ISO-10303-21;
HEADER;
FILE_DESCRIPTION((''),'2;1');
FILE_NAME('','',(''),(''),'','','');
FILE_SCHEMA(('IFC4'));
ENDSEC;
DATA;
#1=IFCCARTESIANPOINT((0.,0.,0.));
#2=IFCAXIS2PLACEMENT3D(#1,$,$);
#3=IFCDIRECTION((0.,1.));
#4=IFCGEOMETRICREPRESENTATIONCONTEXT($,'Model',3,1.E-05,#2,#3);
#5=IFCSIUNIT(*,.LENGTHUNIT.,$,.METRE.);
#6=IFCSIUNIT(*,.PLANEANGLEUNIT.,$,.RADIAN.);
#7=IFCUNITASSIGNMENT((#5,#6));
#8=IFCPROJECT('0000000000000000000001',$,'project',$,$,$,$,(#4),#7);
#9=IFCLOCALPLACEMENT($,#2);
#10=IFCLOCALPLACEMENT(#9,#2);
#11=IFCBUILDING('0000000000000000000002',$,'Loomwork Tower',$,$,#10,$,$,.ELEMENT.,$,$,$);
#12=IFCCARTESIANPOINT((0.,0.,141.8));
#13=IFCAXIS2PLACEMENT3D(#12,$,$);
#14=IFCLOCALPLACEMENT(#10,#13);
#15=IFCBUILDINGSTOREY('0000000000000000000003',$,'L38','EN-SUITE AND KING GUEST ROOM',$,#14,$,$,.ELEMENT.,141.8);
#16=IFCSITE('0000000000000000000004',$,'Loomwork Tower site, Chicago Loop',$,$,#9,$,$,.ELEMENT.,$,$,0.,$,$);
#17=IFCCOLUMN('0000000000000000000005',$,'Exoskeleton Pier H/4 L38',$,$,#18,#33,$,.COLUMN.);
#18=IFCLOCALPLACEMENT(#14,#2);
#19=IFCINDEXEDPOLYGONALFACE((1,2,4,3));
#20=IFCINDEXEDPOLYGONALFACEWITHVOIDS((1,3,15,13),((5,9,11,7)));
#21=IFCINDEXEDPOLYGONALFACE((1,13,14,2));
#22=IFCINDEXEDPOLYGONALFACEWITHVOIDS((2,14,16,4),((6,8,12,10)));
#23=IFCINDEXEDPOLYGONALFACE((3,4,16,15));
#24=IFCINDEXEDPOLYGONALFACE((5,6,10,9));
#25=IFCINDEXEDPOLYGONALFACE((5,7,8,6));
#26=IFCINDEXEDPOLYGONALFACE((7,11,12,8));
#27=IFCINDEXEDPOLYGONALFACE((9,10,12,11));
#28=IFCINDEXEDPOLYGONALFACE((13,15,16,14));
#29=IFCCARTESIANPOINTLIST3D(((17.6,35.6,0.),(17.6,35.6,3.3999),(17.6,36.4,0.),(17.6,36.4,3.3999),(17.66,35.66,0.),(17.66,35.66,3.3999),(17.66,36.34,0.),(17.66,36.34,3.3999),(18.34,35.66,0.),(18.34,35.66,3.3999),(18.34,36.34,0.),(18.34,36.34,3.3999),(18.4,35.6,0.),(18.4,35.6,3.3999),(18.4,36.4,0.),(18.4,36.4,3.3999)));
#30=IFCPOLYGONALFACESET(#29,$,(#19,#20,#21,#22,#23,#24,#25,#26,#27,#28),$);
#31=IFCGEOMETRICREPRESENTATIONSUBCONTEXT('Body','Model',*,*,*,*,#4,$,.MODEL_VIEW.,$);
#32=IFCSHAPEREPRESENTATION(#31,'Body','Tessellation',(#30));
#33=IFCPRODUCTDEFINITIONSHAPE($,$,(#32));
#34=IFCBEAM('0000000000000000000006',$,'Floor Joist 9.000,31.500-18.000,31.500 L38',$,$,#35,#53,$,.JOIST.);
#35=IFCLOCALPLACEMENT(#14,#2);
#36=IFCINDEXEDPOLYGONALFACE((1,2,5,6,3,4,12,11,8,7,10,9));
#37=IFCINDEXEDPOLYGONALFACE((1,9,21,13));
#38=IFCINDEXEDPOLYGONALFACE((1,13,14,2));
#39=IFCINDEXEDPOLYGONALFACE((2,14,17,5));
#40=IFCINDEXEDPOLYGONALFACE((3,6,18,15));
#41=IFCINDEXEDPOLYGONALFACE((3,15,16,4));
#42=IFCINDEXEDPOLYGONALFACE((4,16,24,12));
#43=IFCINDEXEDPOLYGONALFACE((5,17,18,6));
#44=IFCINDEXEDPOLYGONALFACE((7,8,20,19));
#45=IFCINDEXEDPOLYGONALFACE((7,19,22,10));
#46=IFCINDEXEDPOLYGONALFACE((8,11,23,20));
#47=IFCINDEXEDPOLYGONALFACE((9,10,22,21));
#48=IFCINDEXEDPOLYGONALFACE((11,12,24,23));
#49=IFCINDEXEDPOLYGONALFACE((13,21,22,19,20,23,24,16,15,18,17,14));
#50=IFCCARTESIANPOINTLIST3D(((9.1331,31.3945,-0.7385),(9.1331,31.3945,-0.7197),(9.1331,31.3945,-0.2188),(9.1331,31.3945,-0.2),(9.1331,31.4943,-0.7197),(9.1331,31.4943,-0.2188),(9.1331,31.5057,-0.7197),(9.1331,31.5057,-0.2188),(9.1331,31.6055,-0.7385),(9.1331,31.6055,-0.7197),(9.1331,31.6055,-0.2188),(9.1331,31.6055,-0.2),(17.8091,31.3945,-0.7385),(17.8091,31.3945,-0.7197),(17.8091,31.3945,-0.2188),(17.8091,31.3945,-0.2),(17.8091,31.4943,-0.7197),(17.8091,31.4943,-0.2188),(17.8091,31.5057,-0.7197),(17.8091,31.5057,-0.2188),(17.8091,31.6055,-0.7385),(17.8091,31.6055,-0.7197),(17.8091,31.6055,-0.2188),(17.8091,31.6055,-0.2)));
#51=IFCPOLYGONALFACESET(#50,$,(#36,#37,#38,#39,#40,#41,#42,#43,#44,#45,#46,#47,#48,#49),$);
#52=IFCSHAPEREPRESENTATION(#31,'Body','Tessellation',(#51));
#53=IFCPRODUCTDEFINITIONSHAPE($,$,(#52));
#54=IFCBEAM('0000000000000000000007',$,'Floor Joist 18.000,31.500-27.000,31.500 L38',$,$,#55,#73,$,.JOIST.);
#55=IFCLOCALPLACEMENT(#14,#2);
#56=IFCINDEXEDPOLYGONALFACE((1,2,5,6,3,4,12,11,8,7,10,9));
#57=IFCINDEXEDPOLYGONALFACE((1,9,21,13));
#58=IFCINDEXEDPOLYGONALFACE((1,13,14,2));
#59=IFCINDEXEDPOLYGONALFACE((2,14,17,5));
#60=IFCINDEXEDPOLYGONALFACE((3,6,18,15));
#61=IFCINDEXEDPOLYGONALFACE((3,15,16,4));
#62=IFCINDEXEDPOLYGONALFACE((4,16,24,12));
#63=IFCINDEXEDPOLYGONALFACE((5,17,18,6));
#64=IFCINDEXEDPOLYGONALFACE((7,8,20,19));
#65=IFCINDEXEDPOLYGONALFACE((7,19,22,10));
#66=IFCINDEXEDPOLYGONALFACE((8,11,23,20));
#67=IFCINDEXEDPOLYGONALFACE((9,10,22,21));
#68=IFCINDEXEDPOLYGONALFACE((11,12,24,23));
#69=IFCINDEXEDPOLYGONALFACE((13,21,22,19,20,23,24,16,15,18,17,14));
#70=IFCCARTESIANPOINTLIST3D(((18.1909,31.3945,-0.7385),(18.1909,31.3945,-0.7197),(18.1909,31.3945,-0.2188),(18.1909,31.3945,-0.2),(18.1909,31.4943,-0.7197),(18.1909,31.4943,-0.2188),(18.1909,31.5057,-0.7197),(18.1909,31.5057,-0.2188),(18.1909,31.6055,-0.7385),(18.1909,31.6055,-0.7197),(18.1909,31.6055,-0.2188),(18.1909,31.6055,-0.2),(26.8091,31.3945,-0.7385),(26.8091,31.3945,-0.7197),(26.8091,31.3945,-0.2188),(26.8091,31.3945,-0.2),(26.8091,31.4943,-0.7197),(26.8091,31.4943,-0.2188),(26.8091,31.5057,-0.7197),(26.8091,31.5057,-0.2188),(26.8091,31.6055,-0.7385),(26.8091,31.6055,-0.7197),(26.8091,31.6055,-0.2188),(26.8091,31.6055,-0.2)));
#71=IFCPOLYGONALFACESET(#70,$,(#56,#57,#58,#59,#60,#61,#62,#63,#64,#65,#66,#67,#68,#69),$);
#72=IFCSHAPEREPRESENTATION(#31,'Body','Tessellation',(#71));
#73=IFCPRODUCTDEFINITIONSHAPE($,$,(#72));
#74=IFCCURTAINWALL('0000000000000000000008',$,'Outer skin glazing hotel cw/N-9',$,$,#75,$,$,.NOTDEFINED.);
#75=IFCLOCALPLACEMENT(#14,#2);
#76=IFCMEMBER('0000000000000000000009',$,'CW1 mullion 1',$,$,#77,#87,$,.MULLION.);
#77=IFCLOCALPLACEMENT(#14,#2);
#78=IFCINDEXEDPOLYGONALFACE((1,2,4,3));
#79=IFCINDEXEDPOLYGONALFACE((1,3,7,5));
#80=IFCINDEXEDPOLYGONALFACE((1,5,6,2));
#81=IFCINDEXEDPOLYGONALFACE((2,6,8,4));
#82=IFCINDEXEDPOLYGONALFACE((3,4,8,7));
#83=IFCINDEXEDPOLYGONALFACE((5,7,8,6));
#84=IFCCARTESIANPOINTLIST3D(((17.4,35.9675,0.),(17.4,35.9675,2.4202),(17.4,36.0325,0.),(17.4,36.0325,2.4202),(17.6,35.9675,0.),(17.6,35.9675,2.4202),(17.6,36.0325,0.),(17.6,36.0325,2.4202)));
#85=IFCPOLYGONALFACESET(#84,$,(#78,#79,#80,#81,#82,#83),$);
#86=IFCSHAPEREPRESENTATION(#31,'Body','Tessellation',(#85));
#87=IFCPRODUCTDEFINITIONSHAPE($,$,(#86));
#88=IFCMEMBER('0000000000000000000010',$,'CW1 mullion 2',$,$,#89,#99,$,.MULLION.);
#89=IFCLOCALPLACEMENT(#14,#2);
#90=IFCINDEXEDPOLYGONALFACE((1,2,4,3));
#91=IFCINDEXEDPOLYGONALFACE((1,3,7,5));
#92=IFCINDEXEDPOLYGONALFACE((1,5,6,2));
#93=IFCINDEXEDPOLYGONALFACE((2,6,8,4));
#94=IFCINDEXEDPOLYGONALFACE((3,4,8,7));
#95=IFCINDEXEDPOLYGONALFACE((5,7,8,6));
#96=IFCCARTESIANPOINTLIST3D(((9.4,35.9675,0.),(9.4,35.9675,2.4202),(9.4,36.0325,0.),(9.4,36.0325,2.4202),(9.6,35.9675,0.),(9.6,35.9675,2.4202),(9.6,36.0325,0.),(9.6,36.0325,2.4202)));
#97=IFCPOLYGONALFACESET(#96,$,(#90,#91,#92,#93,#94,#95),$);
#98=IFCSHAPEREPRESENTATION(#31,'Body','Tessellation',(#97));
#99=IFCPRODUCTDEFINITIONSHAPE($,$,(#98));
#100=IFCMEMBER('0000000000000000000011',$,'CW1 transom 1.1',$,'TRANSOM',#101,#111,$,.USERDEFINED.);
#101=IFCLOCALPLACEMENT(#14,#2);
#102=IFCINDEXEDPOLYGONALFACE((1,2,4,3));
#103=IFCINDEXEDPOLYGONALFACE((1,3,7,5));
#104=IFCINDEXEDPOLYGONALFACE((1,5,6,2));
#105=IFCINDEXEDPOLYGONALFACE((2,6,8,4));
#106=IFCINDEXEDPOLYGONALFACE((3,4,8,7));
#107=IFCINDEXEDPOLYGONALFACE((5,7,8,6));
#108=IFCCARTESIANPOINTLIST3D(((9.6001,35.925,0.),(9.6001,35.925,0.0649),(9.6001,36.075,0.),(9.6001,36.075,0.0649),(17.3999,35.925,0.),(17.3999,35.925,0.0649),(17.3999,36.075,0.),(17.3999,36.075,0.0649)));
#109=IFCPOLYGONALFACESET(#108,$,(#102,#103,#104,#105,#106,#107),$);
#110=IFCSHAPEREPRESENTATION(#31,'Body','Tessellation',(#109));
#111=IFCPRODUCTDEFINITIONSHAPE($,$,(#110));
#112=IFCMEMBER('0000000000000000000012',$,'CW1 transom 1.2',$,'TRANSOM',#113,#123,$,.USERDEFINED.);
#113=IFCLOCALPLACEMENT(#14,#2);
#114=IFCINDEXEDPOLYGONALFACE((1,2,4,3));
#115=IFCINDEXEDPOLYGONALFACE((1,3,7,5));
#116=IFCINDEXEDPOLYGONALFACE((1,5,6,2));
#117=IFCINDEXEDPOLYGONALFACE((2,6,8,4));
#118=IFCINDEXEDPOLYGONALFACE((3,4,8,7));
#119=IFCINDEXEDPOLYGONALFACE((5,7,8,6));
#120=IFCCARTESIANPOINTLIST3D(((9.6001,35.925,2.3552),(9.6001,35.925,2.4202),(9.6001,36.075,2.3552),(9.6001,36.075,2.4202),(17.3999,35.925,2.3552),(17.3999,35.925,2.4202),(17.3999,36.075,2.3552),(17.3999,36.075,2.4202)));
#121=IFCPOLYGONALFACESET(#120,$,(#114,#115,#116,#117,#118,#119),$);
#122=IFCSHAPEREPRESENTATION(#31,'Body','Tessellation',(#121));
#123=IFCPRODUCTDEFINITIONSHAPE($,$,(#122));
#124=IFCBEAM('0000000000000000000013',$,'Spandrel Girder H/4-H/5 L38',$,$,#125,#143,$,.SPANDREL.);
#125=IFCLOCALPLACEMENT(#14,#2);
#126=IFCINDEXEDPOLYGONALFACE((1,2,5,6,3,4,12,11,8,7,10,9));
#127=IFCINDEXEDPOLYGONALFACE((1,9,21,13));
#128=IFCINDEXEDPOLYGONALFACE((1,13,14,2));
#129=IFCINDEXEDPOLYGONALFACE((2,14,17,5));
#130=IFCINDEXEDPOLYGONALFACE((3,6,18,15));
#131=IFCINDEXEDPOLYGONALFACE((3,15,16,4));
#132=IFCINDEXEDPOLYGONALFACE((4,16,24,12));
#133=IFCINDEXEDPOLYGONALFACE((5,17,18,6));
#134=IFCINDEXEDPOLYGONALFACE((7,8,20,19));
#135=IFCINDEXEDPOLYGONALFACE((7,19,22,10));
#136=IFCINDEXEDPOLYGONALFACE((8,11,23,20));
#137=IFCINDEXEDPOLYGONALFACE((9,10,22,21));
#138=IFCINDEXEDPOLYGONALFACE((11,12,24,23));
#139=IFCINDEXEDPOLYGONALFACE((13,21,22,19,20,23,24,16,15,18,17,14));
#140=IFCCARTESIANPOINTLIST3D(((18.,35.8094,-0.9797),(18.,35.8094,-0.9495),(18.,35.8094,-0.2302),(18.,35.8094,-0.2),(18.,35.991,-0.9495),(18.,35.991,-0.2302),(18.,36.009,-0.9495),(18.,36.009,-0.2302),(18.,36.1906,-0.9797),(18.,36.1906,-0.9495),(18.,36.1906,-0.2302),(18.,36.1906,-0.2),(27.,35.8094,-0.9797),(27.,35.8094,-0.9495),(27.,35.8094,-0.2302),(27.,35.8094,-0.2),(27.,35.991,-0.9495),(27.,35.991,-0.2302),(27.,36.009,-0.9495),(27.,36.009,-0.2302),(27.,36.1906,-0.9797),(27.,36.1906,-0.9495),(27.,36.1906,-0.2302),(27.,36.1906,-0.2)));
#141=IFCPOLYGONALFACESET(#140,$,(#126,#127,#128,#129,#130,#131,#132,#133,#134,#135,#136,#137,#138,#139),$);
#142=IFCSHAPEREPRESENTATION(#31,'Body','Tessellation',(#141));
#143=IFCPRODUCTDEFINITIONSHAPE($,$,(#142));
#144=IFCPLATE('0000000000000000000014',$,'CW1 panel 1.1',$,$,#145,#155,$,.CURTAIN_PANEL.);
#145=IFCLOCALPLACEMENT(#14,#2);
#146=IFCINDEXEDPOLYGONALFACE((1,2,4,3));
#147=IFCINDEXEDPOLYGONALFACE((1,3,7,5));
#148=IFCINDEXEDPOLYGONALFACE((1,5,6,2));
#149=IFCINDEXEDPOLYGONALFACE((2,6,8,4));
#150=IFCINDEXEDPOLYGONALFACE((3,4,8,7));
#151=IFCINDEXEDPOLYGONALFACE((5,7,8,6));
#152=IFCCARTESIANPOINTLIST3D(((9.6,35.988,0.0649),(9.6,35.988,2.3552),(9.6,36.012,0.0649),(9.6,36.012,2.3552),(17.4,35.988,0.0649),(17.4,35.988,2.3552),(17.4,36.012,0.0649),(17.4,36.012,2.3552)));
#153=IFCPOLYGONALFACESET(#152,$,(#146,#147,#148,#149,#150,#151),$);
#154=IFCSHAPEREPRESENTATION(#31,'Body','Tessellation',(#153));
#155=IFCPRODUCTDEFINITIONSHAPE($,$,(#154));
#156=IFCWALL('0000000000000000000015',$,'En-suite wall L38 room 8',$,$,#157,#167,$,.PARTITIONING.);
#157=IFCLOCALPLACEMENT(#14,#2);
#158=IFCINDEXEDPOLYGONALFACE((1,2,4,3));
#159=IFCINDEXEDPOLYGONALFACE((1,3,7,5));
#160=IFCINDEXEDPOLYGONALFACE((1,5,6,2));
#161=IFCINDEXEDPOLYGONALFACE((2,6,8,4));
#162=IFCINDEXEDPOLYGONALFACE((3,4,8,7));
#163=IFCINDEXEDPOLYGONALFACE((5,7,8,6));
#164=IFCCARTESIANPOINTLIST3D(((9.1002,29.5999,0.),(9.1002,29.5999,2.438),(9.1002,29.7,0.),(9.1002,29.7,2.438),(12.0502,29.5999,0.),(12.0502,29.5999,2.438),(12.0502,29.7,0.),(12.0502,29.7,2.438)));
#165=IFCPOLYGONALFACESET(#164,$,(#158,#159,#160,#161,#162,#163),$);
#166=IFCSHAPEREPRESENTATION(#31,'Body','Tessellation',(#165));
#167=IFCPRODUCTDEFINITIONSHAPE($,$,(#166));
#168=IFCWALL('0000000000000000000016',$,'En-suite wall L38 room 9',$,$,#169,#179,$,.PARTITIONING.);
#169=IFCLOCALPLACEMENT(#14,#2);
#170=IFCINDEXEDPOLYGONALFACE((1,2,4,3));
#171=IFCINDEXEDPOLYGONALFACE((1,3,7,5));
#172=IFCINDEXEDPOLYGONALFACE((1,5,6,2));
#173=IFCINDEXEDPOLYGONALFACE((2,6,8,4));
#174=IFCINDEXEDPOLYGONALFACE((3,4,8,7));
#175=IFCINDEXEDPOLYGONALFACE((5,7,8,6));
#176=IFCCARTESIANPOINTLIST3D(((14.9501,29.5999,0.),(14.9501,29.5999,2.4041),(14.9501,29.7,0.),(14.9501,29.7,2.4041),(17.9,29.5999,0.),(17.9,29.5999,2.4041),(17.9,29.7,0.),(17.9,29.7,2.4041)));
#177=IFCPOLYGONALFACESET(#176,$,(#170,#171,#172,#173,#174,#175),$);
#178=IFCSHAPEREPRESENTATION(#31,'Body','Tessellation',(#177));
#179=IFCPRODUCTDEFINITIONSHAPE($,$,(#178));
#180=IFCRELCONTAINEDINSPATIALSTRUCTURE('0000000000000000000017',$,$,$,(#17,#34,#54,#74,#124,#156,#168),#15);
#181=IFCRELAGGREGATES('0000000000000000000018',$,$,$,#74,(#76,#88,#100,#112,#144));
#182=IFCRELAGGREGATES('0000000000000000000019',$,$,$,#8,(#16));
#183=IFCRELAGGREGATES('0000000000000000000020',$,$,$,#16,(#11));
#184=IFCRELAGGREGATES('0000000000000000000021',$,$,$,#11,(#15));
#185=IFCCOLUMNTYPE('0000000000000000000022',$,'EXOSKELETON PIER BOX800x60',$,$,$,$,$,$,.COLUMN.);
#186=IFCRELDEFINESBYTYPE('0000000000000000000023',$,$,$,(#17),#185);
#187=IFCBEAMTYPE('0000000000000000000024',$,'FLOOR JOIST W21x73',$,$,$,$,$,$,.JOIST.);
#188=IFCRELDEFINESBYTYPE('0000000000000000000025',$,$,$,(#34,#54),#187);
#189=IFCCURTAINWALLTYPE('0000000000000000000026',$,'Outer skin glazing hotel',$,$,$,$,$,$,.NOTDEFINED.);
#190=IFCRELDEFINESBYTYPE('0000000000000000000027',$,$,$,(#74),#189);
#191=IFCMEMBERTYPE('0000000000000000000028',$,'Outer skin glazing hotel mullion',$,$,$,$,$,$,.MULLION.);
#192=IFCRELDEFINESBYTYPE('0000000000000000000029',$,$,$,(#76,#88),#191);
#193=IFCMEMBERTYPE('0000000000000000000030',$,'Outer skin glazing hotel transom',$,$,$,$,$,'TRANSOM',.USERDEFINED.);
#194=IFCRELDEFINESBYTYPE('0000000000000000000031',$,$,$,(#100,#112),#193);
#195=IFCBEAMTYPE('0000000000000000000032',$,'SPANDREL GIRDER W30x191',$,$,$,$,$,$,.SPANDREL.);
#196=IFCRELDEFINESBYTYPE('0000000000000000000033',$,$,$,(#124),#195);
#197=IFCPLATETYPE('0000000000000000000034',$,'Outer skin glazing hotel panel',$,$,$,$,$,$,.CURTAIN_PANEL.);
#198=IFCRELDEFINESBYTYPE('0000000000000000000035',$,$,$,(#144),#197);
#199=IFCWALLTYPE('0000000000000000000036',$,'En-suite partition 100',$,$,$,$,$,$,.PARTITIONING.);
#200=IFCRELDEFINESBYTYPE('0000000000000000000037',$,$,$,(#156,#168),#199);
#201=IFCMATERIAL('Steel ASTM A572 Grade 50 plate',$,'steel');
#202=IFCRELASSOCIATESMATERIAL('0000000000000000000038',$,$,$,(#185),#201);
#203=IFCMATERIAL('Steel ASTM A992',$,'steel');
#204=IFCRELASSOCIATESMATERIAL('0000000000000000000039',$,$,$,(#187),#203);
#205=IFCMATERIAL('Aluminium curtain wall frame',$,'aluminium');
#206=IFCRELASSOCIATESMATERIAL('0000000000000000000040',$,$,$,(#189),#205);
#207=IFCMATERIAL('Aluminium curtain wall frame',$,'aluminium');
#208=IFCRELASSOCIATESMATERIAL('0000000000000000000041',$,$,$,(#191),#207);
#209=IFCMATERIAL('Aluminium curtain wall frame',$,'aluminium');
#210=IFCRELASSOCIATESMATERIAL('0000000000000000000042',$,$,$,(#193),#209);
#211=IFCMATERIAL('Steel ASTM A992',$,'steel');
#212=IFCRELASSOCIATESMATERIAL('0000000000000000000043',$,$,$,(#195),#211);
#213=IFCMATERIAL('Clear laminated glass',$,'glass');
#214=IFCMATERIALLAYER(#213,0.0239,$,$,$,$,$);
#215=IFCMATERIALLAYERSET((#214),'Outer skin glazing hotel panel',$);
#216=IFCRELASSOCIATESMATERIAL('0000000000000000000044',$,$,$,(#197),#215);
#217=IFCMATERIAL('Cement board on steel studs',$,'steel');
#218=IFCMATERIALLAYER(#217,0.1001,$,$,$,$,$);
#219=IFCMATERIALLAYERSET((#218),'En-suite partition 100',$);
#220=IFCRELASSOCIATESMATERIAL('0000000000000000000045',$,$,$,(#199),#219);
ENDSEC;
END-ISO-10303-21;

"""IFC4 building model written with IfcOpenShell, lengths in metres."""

from ifc_helpers import new_model, si_unit, direction, frame, frame_2d, origin, origin_2d, place, context, subcontext, project, spatial, rectangle, hollow_rectangle, i_section, extrude, material, layer, layer_set, material_profile, profile_set, type_object, element, aggregate, save


model = new_model("IFC4")

# Units and contexts
model_context = context("Model", 3, precision=1e-05, world=origin(), true_north=direction((0.0, 1.0)))
body_context = subcontext(model_context, "Body", "Model", "MODEL_VIEW")
ifc_project = project(units=[si_unit("LENGTHUNIT", "METRE"), si_unit("PLANEANGLEUNIT", "RADIAN")], contexts=[model_context])

# Site, building, storey
site_placement = place(None, origin())
site = spatial("IfcSite", under=ifc_project, at=site_placement, Name="Loomwork Tower site, Chicago Loop", CompositionType="ELEMENT", RefElevation=0.0)
building_placement = place(site_placement, origin())
building = spatial("IfcBuilding", under=site, at=building_placement, Name="Loomwork Tower", CompositionType="ELEMENT")
storey_placement = place(building_placement, frame((0.0, 0.0, 141.8)))
storey = spatial("IfcBuildingStorey", under=building, at=storey_placement, Name="L38", Description="EN-SUITE AND KING GUEST ROOM", CompositionType="ELEMENT", Elevation=141.8)

# Column
ifc_material_1 = material(Name="Steel ASTM A572 Grade 50 plate", Category="steel")
ifc_material_profile_1 = material_profile(ifc_material_1, hollow_rectangle(XDim=0.8, YDim=0.8, WallThickness=0.0601, at=origin_2d()), Name="BOX800x60")
ifc_profile_set_1 = profile_set([ifc_material_profile_1], Name="Steel ASTM A572 Grade 50 plate")
column_type = type_object("IfcColumnType", Name="EXOSKELETON PIER BOX800x60", PredefinedType="COLUMN", material=ifc_profile_set_1)
column_placement = place(storey_placement, frame((18.0, 36.0, 0.0), z_axis=(0.0, 0.0, 1.0), x_axis=(1.0, 0.0, 0.0)))
element("IfcColumn", 1, at=column_placement, inside=storey, type_object=column_type, Name="Exoskeleton Pier H/4 L38", PredefinedType="COLUMN", context=body_context, shape_type="SweptSolid", body=[
    extrude(hollow_rectangle(XDim=0.8, YDim=0.8, WallThickness=0.0601, at=origin_2d()), origin(), (0.0, 0.0, 1.0), 3.3999),
])

# Beams
ifc_material_2 = material(Name="Steel ASTM A992", Category="steel")
ifc_material_profile_2 = material_profile(ifc_material_2, i_section(OverallWidth=0.2109, OverallDepth=0.5386, WebThickness=0.0115, FlangeThickness=0.0188, at=origin_2d()), Name="W21x73")
ifc_profile_set_2 = profile_set([ifc_material_profile_2], Name="Steel ASTM A992")
beam_type_1 = type_object("IfcBeamType", Name="FLOOR JOIST W21x73", PredefinedType="JOIST", material=ifc_profile_set_2)
beam_1_placement = place(storey_placement, frame((9.1331, 31.5, -0.4692), z_axis=(1.0, 0.0, 0.0), x_axis=(0.0, 1.0, 0.0)))
element("IfcBeam", 2, at=beam_1_placement, inside=storey, type_object=beam_type_1, Name="Floor Joist 9.000,31.500-18.000,31.500 L38", PredefinedType="JOIST", context=body_context, shape_type="SweptSolid", body=[
    extrude(i_section(OverallWidth=0.2109, OverallDepth=0.5386, WebThickness=0.0115, FlangeThickness=0.0188, at=origin_2d()), origin(), (0.0, 0.0, 1.0), 8.676),
])
beam_2_placement = place(storey_placement, frame((18.1909, 31.5, -0.4692), z_axis=(1.0, 0.0, 0.0), x_axis=(0.0, 1.0, 0.0)))
element("IfcBeam", 3, at=beam_2_placement, inside=storey, type_object=beam_type_1, Name="Floor Joist 18.000,31.500-27.000,31.500 L38", PredefinedType="JOIST", context=body_context, shape_type="SweptSolid", body=[
    extrude(i_section(OverallWidth=0.2109, OverallDepth=0.5386, WebThickness=0.0115, FlangeThickness=0.0188, at=origin_2d()), origin(), (0.0, 0.0, 1.0), 8.6182),
])

# Curtain wall, members
ifc_material_3 = material(Name="Aluminium curtain wall frame", Category="aluminium")
curtain_wall_type = type_object("IfcCurtainWallType", Name="Outer skin glazing hotel", PredefinedType="NOTDEFINED", material=ifc_material_3)
curtain_wall_placement = place(storey_placement, origin())
curtain_wall = element("IfcCurtainWall", 4, at=curtain_wall_placement, inside=storey, type_object=curtain_wall_type, Name="Outer skin glazing hotel cw/N-9", PredefinedType="NOTDEFINED")
ifc_material_4 = material(Name="Aluminium curtain wall frame", Category="aluminium")
ifc_material_profile_3 = material_profile(ifc_material_4, rectangle(XDim=0.0649, YDim=0.2, at=origin_2d()), Name="AL 65x200")
ifc_profile_set_3 = profile_set([ifc_material_profile_3], Name="Aluminium curtain wall frame")
member_type_1 = type_object("IfcMemberType", Name="Outer skin glazing hotel mullion", PredefinedType="MULLION", material=ifc_profile_set_3)
member_1_placement = place(storey_placement, frame((17.5, 36.0, 0.0), z_axis=(0.0, 0.0, 1.0), x_axis=(0.0, -1.0, 0.0)))
member_1 = element("IfcMember", 5, at=member_1_placement, type_object=member_type_1, Name="CW1 mullion 1", PredefinedType="MULLION", context=body_context, shape_type="SweptSolid", body=[
    extrude(rectangle(XDim=0.0649, YDim=0.2, at=origin_2d()), origin(), (0.0, 0.0, 1.0), 2.4202),
])
member_2_placement = place(storey_placement, frame((9.5, 36.0, 0.0), z_axis=(0.0, 0.0, 1.0), x_axis=(0.0, -1.0, 0.0)))
member_2 = element("IfcMember", 6, at=member_2_placement, type_object=member_type_1, Name="CW1 mullion 2", PredefinedType="MULLION", context=body_context, shape_type="SweptSolid", body=[
    extrude(rectangle(XDim=0.0649, YDim=0.2, at=origin_2d()), origin(), (0.0, 0.0, 1.0), 2.4202),
])
ifc_material_5 = material(Name="Aluminium curtain wall frame", Category="aluminium")
ifc_material_profile_4 = material_profile(ifc_material_5, rectangle(XDim=0.1499, YDim=0.0649, at=origin_2d()), Name="AL 65x150")
ifc_profile_set_4 = profile_set([ifc_material_profile_4], Name="Aluminium curtain wall frame")
member_type_2 = type_object("IfcMemberType", Name="Outer skin glazing hotel transom", ElementType="TRANSOM", PredefinedType="USERDEFINED", material=ifc_profile_set_4)
member_3_placement = place(storey_placement, frame((17.3999, 36.0, 0.0325), z_axis=(-1.0, 0.0, 0.0), x_axis=(0.0, -1.0, 0.0)))
member_3 = element("IfcMember", 7, at=member_3_placement, type_object=member_type_2, Name="CW1 transom 1.1", ObjectType="TRANSOM", PredefinedType="USERDEFINED", context=body_context, shape_type="SweptSolid", body=[
    extrude(rectangle(XDim=0.1499, YDim=0.0649, at=origin_2d()), origin(), (0.0, 0.0, 1.0), 7.7998),
])
member_4_placement = place(storey_placement, frame((17.3999, 36.0, 2.3877), z_axis=(-1.0, 0.0, 0.0), x_axis=(0.0, -1.0, 0.0)))
member_4 = element("IfcMember", 8, at=member_4_placement, type_object=member_type_2, Name="CW1 transom 1.2", ObjectType="TRANSOM", PredefinedType="USERDEFINED", context=body_context, shape_type="SweptSolid", body=[
    extrude(rectangle(XDim=0.1499, YDim=0.0649, at=origin_2d()), origin(), (0.0, 0.0, 1.0), 7.7998),
])

# Beam
ifc_material_6 = material(Name="Steel ASTM A992", Category="steel")
ifc_material_profile_5 = material_profile(ifc_material_6, i_section(OverallWidth=0.3811, OverallDepth=0.7798, WebThickness=0.0181, FlangeThickness=0.0303, at=origin_2d()), Name="W30x191")
ifc_profile_set_5 = profile_set([ifc_material_profile_5], Name="Steel ASTM A992")
beam_type_2 = type_object("IfcBeamType", Name="SPANDREL GIRDER W30x191", PredefinedType="SPANDREL", material=ifc_profile_set_5)
beam_3_placement = place(storey_placement, frame((18.0, 36.0, -0.5898), z_axis=(1.0, 0.0, 0.0), x_axis=(0.0, 1.0, 0.0)))
element("IfcBeam", 9, at=beam_3_placement, inside=storey, type_object=beam_type_2, Name="Spandrel Girder H/4-H/5 L38", PredefinedType="SPANDREL", context=body_context, shape_type="SweptSolid", body=[
    extrude(i_section(OverallWidth=0.3811, OverallDepth=0.7798, WebThickness=0.0181, FlangeThickness=0.0303, at=origin_2d()), origin(), (0.0, 0.0, 1.0), 9.0),
])

# Plate
ifc_material_7 = material(Name="Clear laminated glass", Category="glass")
ifc_layer_1 = layer(ifc_material_7, 0.0239)
ifc_layer_set_1 = layer_set([ifc_layer_1], Name="Outer skin glazing hotel panel")
plate_type = type_object("IfcPlateType", Name="Outer skin glazing hotel panel", PredefinedType="CURTAIN_PANEL", material=ifc_layer_set_1)
plate_placement = place(storey_placement, frame((13.5, 36.0, 0.0649), z_axis=(0.0, 0.0, 1.0), x_axis=(-1.0, 0.0, 0.0)))
plate = element("IfcPlate", 10, at=plate_placement, type_object=plate_type, Name="CW1 panel 1.1", PredefinedType="CURTAIN_PANEL", context=body_context, shape_type="SweptSolid", body=[
    extrude(rectangle(XDim=7.8, YDim=0.0239, at=origin_2d()), origin(), (0.0, 0.0, 1.0), 2.2903),
])
aggregate(curtain_wall, [member_1, member_2, member_3, member_4, plate])

# Walls
ifc_material_8 = material(Name="Cement board on steel studs", Category="steel")
ifc_layer_2 = layer(ifc_material_8, 0.1001)
ifc_layer_set_2 = layer_set([ifc_layer_2], Name="En-suite partition 100")
wall_type_1 = type_object("IfcWallType", Name="En-suite partition 100", PredefinedType="PARTITIONING", material=ifc_layer_set_2)
wall_1_placement = place(storey_placement, frame((9.1001, 29.6499, 0.0), z_axis=(0.0, 0.0, 1.0), x_axis=(1.0, 0.0, 0.0)))
element("IfcWall", 11, at=wall_1_placement, inside=storey, type_object=wall_type_1, Name="En-suite wall L38 room 8", PredefinedType="PARTITIONING", context=body_context, shape_type="SweptSolid", body=[
    extrude(rectangle(XDim=2.95, YDim=0.1001, at=frame_2d((1.4751, 0.0))), origin(), (0.0, 0.0, 1.0), 2.438),
])
for number, where, z_axis, x_axis, name in (
    (12, (14.95, 29.6499, 0.0), (0.0, 0.0, 1.0), (1.0, 0.0, 0.0), "En-suite wall L38 room 9"),
):
    element("IfcWall", number, at=place(storey_placement, frame(where, z_axis=z_axis, x_axis=x_axis)), inside=storey, type_object=wall_type_1, Name=name, PredefinedType="PARTITIONING", context=body_context, shape_type="SweptSolid", body=[
        extrude(rectangle(XDim=2.95, YDim=0.1001, at=frame_2d((1.4751, 0.0))), origin(), (0.0, 0.0, 1.0), 2.4041),
    ])

save(model, "model.ifc")
